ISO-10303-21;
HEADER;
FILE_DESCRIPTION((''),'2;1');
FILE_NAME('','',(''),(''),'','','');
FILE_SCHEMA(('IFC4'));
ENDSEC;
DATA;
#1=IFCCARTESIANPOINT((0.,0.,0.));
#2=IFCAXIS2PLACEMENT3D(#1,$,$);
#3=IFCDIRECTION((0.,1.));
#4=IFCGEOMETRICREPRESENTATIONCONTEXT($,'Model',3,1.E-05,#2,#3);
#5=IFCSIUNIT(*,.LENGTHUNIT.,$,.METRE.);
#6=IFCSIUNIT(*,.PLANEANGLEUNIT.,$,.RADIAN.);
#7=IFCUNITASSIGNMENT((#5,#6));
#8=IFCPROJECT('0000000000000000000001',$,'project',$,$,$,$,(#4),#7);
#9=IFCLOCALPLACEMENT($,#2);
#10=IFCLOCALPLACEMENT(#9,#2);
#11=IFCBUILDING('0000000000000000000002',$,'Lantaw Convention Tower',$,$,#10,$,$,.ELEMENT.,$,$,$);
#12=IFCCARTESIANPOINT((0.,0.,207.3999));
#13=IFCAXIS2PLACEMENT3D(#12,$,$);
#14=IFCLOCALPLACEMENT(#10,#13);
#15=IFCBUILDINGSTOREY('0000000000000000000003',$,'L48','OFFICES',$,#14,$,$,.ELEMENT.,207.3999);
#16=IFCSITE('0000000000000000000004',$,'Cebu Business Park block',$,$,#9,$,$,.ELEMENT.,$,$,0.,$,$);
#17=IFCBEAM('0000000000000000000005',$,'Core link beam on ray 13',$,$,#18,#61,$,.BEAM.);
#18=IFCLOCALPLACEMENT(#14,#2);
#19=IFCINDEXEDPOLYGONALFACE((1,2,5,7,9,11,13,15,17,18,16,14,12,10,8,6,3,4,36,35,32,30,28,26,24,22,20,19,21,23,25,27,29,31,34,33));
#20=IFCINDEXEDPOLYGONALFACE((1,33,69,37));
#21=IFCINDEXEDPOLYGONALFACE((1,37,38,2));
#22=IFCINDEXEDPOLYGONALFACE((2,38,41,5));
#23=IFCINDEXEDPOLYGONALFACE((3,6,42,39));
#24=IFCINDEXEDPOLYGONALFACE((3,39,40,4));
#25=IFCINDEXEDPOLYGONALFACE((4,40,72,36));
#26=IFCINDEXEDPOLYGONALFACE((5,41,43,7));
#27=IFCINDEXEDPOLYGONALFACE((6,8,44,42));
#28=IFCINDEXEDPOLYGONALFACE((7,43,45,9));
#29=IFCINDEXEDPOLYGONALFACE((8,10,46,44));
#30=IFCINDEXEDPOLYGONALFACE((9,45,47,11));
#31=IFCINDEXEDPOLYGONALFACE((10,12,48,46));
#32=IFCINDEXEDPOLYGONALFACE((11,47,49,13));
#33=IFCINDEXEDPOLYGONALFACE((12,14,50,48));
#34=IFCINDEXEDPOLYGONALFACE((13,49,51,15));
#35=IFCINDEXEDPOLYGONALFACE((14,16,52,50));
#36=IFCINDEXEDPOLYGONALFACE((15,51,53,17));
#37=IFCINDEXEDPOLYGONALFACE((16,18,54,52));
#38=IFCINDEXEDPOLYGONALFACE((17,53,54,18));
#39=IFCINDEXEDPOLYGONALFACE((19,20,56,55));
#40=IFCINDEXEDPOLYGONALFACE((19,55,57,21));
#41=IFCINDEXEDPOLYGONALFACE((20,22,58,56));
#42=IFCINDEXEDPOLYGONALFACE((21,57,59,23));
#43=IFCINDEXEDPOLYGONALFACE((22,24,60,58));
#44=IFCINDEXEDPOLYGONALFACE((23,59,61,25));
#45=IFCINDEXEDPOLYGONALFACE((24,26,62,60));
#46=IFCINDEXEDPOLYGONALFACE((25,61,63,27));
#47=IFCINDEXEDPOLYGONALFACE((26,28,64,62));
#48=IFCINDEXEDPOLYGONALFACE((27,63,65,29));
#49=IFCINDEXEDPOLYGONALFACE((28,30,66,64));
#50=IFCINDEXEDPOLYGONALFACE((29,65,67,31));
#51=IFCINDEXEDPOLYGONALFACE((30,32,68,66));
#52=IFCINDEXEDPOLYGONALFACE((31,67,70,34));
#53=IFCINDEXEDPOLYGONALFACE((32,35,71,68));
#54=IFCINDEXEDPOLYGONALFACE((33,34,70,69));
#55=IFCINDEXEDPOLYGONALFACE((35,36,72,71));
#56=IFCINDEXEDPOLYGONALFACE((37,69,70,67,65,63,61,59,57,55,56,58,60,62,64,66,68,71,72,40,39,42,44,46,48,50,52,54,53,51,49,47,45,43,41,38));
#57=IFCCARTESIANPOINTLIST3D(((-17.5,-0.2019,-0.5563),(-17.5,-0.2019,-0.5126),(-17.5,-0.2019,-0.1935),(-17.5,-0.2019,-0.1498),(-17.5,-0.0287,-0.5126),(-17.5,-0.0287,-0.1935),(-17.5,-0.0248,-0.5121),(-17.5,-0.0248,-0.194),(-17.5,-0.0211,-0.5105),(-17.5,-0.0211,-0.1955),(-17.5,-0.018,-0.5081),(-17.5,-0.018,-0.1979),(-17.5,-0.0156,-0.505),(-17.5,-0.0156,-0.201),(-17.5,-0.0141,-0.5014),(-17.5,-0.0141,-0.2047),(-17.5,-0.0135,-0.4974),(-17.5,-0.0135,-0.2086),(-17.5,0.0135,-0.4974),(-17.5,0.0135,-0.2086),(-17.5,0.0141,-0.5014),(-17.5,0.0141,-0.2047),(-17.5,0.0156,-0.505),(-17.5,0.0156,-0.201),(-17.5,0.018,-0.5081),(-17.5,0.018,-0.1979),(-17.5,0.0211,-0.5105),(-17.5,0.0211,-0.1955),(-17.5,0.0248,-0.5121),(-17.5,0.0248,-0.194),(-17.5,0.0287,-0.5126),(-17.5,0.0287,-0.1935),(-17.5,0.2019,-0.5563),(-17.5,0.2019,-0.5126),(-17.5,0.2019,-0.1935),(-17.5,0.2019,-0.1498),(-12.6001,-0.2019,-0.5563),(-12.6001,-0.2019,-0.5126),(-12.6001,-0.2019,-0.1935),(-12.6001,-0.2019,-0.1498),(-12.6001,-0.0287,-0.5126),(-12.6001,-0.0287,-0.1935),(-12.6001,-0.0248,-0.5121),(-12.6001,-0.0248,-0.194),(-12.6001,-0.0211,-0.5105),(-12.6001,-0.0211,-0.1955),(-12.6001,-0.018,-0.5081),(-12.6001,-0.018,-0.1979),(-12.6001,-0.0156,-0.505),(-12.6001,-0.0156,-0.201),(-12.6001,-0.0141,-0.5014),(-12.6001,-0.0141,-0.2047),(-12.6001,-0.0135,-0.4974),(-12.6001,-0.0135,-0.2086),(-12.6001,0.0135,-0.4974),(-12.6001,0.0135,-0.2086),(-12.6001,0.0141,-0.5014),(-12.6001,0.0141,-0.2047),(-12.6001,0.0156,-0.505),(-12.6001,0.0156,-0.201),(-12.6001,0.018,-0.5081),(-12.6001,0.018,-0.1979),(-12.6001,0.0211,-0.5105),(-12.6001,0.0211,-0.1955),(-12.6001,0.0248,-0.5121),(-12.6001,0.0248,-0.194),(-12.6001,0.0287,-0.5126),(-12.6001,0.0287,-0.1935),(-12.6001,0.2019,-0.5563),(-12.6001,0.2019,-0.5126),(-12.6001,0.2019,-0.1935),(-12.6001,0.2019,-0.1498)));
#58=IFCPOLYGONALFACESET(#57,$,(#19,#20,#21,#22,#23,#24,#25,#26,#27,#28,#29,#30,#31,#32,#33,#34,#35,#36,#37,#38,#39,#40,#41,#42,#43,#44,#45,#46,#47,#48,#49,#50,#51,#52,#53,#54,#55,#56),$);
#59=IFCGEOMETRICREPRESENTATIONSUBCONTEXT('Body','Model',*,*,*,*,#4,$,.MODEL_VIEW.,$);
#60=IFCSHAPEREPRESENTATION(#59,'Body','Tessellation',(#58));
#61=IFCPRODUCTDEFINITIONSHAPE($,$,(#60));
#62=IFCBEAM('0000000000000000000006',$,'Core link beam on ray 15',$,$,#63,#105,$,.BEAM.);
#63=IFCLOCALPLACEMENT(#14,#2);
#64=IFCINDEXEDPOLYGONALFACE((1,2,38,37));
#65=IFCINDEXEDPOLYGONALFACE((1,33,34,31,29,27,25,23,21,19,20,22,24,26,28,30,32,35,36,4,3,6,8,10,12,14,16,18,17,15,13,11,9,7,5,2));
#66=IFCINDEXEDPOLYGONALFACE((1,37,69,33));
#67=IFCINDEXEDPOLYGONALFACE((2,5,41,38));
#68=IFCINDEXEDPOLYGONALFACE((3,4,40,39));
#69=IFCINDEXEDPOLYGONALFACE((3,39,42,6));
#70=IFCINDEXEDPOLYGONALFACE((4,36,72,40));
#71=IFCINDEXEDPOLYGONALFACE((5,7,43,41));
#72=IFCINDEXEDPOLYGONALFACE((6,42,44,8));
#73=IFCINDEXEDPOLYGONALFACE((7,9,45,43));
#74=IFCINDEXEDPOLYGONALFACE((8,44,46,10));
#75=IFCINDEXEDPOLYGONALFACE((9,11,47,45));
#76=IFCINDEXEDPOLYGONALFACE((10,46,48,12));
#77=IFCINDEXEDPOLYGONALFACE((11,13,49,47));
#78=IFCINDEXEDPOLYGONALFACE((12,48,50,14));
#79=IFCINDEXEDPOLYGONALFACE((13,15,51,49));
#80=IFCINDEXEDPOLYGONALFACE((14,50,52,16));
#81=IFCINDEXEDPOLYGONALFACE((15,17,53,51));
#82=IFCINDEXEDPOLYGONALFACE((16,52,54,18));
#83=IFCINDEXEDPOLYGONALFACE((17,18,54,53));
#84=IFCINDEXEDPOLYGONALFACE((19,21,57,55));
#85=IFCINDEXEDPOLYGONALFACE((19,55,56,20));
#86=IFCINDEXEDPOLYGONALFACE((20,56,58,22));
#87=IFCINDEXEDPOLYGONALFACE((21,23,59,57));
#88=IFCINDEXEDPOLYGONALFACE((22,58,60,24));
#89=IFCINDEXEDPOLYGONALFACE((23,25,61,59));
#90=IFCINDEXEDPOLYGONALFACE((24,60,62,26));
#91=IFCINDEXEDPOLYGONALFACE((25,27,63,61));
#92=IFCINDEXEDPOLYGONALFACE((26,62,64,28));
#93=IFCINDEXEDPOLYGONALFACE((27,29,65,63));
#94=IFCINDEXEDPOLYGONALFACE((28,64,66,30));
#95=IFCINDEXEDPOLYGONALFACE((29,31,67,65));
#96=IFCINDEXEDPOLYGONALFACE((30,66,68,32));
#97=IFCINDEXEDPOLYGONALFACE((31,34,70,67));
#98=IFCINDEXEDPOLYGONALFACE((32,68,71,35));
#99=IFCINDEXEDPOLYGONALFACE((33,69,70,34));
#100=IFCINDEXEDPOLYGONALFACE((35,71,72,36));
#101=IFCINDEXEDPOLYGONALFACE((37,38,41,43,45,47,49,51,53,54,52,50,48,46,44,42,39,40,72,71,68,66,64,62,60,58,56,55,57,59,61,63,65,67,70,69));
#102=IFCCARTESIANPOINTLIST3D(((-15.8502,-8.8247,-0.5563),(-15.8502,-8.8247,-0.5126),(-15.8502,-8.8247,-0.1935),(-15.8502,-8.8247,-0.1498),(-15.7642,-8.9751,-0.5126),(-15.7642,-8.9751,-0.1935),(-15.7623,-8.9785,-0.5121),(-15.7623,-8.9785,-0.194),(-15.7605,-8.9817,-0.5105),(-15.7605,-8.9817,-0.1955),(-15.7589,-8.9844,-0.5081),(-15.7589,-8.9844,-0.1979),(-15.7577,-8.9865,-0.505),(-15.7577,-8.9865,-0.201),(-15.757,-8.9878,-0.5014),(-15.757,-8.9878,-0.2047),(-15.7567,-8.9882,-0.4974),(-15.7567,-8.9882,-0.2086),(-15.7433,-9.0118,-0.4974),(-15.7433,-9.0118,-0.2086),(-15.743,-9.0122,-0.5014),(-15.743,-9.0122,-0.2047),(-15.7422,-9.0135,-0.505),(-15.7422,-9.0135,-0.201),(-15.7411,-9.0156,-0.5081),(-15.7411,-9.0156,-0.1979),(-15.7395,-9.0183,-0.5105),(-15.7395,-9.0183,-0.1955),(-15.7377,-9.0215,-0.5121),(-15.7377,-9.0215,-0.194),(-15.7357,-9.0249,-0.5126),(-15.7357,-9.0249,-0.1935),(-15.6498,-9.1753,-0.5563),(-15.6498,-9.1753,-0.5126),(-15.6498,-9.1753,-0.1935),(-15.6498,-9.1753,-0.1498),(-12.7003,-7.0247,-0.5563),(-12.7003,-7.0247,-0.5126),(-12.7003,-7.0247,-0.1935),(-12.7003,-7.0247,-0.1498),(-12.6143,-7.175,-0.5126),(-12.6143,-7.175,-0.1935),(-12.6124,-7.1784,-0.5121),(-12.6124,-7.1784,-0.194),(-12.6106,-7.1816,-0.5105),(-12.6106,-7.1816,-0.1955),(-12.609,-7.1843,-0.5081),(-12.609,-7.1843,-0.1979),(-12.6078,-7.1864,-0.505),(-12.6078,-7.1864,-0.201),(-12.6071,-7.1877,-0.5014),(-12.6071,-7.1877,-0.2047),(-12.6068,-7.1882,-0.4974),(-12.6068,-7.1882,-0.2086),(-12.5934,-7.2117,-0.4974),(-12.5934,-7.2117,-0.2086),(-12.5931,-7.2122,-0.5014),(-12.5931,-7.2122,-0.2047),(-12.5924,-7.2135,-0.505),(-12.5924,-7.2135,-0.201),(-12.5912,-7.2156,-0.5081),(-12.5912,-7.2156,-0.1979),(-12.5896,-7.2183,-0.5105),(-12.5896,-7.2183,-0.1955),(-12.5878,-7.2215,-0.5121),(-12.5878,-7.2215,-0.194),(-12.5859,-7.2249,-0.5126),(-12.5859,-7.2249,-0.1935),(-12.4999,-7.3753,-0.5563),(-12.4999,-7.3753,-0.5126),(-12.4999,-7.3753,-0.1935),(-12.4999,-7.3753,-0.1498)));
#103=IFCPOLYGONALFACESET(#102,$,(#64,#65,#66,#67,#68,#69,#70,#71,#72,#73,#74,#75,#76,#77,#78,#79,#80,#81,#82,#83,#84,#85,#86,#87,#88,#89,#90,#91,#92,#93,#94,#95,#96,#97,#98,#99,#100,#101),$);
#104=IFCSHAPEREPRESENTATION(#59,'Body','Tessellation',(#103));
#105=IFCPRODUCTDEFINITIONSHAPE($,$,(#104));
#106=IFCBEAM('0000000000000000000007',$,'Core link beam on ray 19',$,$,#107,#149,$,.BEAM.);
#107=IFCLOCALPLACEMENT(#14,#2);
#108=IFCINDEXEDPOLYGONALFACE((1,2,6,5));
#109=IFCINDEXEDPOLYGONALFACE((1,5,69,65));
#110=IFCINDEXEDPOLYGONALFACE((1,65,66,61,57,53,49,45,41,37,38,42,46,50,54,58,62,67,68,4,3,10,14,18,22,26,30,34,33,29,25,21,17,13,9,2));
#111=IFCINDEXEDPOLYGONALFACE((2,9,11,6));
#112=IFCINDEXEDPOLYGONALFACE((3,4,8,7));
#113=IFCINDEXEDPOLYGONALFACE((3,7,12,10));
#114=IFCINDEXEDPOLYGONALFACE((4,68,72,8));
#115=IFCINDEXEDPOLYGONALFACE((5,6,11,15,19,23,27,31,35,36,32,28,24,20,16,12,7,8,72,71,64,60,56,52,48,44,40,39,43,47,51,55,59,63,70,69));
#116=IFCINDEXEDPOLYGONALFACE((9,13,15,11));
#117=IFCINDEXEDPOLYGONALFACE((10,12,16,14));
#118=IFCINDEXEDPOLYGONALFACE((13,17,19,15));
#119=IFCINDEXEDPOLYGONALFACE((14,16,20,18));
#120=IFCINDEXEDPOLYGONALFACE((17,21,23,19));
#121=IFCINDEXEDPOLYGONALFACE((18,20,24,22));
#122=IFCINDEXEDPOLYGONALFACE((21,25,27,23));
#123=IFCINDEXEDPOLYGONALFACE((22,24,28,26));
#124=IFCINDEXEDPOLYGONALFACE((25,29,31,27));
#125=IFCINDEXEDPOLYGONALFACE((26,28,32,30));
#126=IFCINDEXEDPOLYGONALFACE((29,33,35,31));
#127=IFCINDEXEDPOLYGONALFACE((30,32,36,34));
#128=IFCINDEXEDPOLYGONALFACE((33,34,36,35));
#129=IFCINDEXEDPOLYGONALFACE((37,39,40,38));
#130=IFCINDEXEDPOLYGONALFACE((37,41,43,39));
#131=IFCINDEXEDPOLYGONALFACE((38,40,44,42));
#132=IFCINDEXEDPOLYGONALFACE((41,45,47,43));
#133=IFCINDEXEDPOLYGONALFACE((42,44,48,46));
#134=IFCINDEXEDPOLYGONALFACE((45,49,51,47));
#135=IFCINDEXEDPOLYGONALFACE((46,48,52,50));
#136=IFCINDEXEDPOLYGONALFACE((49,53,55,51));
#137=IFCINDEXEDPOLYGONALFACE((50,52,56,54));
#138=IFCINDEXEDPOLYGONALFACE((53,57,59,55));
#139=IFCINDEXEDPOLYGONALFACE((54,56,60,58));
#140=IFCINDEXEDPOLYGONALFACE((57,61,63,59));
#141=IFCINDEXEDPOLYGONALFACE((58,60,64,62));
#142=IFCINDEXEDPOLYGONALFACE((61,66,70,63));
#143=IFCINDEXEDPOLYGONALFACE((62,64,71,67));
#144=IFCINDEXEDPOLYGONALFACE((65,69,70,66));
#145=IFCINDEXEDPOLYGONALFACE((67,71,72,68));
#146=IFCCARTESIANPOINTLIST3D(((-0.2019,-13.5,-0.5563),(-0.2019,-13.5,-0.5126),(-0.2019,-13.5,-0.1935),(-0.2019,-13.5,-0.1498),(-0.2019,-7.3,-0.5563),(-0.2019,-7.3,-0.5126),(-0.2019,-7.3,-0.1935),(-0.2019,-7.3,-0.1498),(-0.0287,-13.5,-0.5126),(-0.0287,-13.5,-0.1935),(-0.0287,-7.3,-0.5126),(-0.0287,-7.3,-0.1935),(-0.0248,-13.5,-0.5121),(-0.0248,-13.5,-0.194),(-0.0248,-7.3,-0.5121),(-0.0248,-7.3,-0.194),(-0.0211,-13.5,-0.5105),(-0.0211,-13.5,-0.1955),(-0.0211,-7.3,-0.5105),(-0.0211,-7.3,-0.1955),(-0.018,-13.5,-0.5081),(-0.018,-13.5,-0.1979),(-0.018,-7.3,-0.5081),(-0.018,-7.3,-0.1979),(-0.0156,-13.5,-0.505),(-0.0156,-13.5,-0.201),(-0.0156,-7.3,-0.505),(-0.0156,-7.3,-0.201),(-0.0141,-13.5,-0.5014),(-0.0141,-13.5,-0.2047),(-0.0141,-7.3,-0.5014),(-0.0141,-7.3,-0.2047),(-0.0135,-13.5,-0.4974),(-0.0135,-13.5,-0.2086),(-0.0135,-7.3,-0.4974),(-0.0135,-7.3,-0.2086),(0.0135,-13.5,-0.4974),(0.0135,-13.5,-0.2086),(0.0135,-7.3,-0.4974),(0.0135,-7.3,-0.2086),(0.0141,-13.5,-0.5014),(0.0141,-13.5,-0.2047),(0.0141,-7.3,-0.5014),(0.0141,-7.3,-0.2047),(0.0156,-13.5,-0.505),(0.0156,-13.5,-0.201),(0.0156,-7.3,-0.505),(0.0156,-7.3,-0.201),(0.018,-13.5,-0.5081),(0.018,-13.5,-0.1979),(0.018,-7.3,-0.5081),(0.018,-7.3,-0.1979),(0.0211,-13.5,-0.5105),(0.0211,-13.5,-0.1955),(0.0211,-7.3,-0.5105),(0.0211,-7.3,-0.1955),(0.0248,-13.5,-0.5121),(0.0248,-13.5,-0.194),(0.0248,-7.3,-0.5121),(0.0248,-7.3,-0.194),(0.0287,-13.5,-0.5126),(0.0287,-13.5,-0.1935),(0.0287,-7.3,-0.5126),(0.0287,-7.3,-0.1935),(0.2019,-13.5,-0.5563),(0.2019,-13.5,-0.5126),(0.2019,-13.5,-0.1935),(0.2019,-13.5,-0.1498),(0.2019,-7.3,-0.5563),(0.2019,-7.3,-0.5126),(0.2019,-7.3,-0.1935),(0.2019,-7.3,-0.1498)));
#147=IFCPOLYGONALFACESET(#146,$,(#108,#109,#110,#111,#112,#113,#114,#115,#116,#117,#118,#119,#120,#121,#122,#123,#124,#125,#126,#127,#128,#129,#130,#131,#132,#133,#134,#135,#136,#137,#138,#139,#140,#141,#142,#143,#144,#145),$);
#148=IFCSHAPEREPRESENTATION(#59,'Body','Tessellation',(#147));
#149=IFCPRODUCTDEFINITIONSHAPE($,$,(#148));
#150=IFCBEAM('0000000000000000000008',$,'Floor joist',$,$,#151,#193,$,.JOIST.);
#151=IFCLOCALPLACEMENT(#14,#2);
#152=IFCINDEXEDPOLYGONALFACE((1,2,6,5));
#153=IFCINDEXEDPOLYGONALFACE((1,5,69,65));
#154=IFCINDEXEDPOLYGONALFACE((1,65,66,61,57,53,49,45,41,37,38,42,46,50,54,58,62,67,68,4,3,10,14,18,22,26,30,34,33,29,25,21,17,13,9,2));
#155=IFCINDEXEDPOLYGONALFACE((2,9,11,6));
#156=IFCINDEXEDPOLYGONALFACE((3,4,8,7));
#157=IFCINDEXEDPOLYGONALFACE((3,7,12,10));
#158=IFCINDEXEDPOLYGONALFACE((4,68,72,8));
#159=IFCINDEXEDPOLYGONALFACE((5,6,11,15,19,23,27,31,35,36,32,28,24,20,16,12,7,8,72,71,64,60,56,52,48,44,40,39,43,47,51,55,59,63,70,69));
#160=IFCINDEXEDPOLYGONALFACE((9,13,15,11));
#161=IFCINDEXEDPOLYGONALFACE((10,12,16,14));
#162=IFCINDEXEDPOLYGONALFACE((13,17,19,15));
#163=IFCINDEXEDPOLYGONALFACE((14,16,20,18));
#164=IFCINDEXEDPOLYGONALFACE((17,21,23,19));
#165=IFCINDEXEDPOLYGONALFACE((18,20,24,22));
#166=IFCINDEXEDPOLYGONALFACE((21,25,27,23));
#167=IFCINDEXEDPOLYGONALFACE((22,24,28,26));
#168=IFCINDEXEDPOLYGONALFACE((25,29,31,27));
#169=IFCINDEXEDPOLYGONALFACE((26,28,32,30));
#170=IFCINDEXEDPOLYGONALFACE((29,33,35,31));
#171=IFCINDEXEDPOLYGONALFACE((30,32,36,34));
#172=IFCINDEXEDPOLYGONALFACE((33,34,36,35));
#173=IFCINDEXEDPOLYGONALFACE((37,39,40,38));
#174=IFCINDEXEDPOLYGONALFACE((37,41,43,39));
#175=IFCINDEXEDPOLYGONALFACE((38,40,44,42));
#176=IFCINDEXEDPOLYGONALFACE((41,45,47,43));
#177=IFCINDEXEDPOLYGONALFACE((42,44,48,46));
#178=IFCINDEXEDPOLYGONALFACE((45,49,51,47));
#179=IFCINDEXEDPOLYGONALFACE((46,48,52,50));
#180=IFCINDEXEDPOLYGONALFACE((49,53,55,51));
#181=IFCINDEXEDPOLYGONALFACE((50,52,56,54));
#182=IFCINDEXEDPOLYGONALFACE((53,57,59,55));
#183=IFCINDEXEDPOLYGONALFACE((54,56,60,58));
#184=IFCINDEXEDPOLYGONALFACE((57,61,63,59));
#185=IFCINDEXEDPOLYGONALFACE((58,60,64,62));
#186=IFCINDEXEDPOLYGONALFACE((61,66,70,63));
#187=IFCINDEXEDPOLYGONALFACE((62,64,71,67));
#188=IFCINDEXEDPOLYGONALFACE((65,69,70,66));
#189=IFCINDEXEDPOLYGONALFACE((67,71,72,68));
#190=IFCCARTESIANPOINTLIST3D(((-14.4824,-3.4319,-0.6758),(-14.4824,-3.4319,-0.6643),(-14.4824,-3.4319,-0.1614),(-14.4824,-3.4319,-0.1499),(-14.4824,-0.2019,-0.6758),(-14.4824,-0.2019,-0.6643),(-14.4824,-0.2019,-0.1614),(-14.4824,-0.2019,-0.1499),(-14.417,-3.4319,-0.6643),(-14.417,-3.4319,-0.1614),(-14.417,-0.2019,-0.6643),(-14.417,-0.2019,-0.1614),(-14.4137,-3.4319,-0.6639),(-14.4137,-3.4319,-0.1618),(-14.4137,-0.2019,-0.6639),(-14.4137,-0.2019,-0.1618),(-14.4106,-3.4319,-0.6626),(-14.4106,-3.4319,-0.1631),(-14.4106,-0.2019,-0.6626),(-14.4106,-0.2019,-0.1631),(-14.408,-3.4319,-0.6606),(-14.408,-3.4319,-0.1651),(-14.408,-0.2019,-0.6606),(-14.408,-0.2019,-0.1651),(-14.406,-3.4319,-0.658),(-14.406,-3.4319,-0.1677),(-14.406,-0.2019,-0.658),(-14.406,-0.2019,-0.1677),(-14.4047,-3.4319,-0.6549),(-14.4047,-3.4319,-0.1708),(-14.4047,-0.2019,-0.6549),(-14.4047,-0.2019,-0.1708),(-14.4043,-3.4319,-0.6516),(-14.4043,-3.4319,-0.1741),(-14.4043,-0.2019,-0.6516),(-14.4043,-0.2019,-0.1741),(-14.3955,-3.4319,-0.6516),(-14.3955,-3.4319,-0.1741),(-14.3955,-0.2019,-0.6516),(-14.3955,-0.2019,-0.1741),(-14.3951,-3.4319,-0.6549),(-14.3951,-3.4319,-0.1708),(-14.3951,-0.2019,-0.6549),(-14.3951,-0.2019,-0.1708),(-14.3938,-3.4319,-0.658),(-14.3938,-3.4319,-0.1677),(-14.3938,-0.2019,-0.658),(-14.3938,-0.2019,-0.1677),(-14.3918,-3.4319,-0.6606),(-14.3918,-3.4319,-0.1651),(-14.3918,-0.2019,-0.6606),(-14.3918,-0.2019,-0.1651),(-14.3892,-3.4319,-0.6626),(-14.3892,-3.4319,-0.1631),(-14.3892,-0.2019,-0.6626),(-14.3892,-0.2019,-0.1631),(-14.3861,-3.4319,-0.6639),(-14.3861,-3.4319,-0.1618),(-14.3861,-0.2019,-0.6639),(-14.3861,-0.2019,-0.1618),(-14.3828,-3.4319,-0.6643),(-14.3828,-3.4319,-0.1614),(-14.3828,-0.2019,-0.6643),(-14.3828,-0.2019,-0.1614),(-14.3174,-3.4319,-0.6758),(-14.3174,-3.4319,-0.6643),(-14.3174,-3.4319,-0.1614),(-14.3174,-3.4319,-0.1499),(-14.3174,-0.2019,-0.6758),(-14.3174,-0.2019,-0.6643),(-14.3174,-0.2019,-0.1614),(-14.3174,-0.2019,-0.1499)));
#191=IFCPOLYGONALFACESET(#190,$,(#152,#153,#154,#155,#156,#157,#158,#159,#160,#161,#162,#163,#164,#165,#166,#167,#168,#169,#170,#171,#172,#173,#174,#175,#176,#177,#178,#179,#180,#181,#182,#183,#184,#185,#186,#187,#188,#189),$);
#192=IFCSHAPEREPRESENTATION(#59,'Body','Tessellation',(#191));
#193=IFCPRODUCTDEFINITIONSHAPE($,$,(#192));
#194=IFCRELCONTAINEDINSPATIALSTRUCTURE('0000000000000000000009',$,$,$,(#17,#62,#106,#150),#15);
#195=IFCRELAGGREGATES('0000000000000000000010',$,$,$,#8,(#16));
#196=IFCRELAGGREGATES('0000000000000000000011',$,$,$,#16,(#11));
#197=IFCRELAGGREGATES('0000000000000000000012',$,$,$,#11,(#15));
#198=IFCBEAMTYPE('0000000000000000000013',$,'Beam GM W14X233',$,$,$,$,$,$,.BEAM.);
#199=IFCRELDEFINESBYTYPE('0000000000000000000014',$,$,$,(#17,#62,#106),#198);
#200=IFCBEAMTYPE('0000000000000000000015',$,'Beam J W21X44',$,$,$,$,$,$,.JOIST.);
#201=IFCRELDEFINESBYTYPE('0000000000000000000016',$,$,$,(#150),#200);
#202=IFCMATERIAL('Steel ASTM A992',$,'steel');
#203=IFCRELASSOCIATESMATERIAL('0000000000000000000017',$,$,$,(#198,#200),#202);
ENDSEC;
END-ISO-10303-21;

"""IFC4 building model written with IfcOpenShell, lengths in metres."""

from ifc_helpers import new_model, si_unit, direction, frame, origin, origin_2d, place, context, subcontext, project, spatial, i_section, extrude, material, material_profile, profile_set, type_object, element, save


model = new_model("IFC4")

# Units and contexts
model_context = context("Model", 3, precision=1e-05, world=origin(), true_north=direction((0.0, 1.0)))
body_context = subcontext(model_context, "Body", "Model", "MODEL_VIEW")
ifc_project = project(units=[si_unit("LENGTHUNIT", "METRE"), si_unit("PLANEANGLEUNIT", "RADIAN")], contexts=[model_context])

# Site, building, storey
site_placement = place(None, origin())
site = spatial("IfcSite", under=ifc_project, at=site_placement, Name="Cebu Business Park block", CompositionType="ELEMENT", RefElevation=0.0)
building_placement = place(site_placement, origin())
building = spatial("IfcBuilding", under=site, at=building_placement, Name="Lantaw Convention Tower", CompositionType="ELEMENT")
storey_placement = place(building_placement, frame((0.0, 0.0, 207.3999)))
storey = spatial("IfcBuildingStorey", under=building, at=storey_placement, Name="L48", Description="OFFICES", CompositionType="ELEMENT", Elevation=207.3999)

# Beams
ifc_material_1 = material(Name="Steel ASTM A992", Category="steel")
ifc_material_profile_1 = material_profile(ifc_material_1, i_section(OverallWidth=0.4038, OverallDepth=0.4065, WebThickness=0.0271, FlangeThickness=0.0437, FilletRadius=0.0151, at=origin_2d()), Name="W14X233")
ifc_profile_set_1 = profile_set([ifc_material_profile_1], Name="Steel ASTM A992")
beam_type_1 = type_object("IfcBeamType", Name="Beam GM W14X233", PredefinedType="BEAM", material=ifc_profile_set_1)
beam_1_placement = place(storey_placement, frame((-12.6001, 0.0, -0.353), z_axis=(-1.0, 0.0, 0.0), x_axis=(0.0, -1.0, 0.0)))
element("IfcBeam", 1, at=beam_1_placement, inside=storey, type_object=beam_type_1, Name="Core link beam on ray 13", PredefinedType="BEAM", context=body_context, shape_type="SweptSolid", body=[
    extrude(i_section(OverallWidth=0.4038, OverallDepth=0.4065, WebThickness=0.0271, FlangeThickness=0.0437, FilletRadius=0.0151, at=origin_2d()), origin(), (0.0, 0.0, 1.0), 4.8999),
])
beam_2_placement = place(storey_placement, frame((-12.6001, -7.2, -0.353), z_axis=(-0.868231, -0.496161, 0.0), x_axis=(0.496161, -0.868231, 0.0)))
element("IfcBeam", 2, at=beam_2_placement, inside=storey, type_object=beam_type_1, Name="Core link beam on ray 15", PredefinedType="BEAM", context=body_context, shape_type="SweptSolid", body=[
    extrude(i_section(OverallWidth=0.4038, OverallDepth=0.4065, WebThickness=0.0271, FlangeThickness=0.0437, FilletRadius=0.0151, at=origin_2d()), origin(), (0.0, 0.0, 1.0), 3.6279),
])
beam_3_placement = place(storey_placement, frame((0.0, -7.3, -0.353), z_axis=(0.0, -1.0, 0.0), x_axis=(1.0, 0.0, 0.0)))
element("IfcBeam", 3, at=beam_3_placement, inside=storey, type_object=beam_type_1, Name="Core link beam on ray 19", PredefinedType="BEAM", context=body_context, shape_type="SweptSolid", body=[
    extrude(i_section(OverallWidth=0.4038, OverallDepth=0.4065, WebThickness=0.0271, FlangeThickness=0.0437, FilletRadius=0.0151, at=origin_2d()), origin(), (0.0, 0.0, 1.0), 6.2),
])
ifc_material_profile_2 = material_profile(ifc_material_1, i_section(OverallWidth=0.165, OverallDepth=0.5259, WebThickness=0.0088, FlangeThickness=0.0115, FilletRadius=0.0127, at=origin_2d()), Name="W21X44")
ifc_profile_set_2 = profile_set([ifc_material_profile_2], Name="Steel ASTM A992")
beam_type_2 = type_object("IfcBeamType", Name="Beam J W21X44", PredefinedType="JOIST", material=ifc_profile_set_2)
beam_4_placement = place(storey_placement, frame((-14.3999, -3.4319, -0.4128), z_axis=(0.0, 1.0, 0.0), x_axis=(-1.0, 0.0, 0.0)))
element("IfcBeam", 4, at=beam_4_placement, inside=storey, type_object=beam_type_2, Name="Floor joist", PredefinedType="JOIST", context=body_context, shape_type="SweptSolid", body=[
    extrude(i_section(OverallWidth=0.165, OverallDepth=0.5259, WebThickness=0.0088, FlangeThickness=0.0115, FilletRadius=0.0127, at=origin_2d()), origin(), (0.0, 0.0, 1.0), 3.23),
])

save(model, "model.ifc")
